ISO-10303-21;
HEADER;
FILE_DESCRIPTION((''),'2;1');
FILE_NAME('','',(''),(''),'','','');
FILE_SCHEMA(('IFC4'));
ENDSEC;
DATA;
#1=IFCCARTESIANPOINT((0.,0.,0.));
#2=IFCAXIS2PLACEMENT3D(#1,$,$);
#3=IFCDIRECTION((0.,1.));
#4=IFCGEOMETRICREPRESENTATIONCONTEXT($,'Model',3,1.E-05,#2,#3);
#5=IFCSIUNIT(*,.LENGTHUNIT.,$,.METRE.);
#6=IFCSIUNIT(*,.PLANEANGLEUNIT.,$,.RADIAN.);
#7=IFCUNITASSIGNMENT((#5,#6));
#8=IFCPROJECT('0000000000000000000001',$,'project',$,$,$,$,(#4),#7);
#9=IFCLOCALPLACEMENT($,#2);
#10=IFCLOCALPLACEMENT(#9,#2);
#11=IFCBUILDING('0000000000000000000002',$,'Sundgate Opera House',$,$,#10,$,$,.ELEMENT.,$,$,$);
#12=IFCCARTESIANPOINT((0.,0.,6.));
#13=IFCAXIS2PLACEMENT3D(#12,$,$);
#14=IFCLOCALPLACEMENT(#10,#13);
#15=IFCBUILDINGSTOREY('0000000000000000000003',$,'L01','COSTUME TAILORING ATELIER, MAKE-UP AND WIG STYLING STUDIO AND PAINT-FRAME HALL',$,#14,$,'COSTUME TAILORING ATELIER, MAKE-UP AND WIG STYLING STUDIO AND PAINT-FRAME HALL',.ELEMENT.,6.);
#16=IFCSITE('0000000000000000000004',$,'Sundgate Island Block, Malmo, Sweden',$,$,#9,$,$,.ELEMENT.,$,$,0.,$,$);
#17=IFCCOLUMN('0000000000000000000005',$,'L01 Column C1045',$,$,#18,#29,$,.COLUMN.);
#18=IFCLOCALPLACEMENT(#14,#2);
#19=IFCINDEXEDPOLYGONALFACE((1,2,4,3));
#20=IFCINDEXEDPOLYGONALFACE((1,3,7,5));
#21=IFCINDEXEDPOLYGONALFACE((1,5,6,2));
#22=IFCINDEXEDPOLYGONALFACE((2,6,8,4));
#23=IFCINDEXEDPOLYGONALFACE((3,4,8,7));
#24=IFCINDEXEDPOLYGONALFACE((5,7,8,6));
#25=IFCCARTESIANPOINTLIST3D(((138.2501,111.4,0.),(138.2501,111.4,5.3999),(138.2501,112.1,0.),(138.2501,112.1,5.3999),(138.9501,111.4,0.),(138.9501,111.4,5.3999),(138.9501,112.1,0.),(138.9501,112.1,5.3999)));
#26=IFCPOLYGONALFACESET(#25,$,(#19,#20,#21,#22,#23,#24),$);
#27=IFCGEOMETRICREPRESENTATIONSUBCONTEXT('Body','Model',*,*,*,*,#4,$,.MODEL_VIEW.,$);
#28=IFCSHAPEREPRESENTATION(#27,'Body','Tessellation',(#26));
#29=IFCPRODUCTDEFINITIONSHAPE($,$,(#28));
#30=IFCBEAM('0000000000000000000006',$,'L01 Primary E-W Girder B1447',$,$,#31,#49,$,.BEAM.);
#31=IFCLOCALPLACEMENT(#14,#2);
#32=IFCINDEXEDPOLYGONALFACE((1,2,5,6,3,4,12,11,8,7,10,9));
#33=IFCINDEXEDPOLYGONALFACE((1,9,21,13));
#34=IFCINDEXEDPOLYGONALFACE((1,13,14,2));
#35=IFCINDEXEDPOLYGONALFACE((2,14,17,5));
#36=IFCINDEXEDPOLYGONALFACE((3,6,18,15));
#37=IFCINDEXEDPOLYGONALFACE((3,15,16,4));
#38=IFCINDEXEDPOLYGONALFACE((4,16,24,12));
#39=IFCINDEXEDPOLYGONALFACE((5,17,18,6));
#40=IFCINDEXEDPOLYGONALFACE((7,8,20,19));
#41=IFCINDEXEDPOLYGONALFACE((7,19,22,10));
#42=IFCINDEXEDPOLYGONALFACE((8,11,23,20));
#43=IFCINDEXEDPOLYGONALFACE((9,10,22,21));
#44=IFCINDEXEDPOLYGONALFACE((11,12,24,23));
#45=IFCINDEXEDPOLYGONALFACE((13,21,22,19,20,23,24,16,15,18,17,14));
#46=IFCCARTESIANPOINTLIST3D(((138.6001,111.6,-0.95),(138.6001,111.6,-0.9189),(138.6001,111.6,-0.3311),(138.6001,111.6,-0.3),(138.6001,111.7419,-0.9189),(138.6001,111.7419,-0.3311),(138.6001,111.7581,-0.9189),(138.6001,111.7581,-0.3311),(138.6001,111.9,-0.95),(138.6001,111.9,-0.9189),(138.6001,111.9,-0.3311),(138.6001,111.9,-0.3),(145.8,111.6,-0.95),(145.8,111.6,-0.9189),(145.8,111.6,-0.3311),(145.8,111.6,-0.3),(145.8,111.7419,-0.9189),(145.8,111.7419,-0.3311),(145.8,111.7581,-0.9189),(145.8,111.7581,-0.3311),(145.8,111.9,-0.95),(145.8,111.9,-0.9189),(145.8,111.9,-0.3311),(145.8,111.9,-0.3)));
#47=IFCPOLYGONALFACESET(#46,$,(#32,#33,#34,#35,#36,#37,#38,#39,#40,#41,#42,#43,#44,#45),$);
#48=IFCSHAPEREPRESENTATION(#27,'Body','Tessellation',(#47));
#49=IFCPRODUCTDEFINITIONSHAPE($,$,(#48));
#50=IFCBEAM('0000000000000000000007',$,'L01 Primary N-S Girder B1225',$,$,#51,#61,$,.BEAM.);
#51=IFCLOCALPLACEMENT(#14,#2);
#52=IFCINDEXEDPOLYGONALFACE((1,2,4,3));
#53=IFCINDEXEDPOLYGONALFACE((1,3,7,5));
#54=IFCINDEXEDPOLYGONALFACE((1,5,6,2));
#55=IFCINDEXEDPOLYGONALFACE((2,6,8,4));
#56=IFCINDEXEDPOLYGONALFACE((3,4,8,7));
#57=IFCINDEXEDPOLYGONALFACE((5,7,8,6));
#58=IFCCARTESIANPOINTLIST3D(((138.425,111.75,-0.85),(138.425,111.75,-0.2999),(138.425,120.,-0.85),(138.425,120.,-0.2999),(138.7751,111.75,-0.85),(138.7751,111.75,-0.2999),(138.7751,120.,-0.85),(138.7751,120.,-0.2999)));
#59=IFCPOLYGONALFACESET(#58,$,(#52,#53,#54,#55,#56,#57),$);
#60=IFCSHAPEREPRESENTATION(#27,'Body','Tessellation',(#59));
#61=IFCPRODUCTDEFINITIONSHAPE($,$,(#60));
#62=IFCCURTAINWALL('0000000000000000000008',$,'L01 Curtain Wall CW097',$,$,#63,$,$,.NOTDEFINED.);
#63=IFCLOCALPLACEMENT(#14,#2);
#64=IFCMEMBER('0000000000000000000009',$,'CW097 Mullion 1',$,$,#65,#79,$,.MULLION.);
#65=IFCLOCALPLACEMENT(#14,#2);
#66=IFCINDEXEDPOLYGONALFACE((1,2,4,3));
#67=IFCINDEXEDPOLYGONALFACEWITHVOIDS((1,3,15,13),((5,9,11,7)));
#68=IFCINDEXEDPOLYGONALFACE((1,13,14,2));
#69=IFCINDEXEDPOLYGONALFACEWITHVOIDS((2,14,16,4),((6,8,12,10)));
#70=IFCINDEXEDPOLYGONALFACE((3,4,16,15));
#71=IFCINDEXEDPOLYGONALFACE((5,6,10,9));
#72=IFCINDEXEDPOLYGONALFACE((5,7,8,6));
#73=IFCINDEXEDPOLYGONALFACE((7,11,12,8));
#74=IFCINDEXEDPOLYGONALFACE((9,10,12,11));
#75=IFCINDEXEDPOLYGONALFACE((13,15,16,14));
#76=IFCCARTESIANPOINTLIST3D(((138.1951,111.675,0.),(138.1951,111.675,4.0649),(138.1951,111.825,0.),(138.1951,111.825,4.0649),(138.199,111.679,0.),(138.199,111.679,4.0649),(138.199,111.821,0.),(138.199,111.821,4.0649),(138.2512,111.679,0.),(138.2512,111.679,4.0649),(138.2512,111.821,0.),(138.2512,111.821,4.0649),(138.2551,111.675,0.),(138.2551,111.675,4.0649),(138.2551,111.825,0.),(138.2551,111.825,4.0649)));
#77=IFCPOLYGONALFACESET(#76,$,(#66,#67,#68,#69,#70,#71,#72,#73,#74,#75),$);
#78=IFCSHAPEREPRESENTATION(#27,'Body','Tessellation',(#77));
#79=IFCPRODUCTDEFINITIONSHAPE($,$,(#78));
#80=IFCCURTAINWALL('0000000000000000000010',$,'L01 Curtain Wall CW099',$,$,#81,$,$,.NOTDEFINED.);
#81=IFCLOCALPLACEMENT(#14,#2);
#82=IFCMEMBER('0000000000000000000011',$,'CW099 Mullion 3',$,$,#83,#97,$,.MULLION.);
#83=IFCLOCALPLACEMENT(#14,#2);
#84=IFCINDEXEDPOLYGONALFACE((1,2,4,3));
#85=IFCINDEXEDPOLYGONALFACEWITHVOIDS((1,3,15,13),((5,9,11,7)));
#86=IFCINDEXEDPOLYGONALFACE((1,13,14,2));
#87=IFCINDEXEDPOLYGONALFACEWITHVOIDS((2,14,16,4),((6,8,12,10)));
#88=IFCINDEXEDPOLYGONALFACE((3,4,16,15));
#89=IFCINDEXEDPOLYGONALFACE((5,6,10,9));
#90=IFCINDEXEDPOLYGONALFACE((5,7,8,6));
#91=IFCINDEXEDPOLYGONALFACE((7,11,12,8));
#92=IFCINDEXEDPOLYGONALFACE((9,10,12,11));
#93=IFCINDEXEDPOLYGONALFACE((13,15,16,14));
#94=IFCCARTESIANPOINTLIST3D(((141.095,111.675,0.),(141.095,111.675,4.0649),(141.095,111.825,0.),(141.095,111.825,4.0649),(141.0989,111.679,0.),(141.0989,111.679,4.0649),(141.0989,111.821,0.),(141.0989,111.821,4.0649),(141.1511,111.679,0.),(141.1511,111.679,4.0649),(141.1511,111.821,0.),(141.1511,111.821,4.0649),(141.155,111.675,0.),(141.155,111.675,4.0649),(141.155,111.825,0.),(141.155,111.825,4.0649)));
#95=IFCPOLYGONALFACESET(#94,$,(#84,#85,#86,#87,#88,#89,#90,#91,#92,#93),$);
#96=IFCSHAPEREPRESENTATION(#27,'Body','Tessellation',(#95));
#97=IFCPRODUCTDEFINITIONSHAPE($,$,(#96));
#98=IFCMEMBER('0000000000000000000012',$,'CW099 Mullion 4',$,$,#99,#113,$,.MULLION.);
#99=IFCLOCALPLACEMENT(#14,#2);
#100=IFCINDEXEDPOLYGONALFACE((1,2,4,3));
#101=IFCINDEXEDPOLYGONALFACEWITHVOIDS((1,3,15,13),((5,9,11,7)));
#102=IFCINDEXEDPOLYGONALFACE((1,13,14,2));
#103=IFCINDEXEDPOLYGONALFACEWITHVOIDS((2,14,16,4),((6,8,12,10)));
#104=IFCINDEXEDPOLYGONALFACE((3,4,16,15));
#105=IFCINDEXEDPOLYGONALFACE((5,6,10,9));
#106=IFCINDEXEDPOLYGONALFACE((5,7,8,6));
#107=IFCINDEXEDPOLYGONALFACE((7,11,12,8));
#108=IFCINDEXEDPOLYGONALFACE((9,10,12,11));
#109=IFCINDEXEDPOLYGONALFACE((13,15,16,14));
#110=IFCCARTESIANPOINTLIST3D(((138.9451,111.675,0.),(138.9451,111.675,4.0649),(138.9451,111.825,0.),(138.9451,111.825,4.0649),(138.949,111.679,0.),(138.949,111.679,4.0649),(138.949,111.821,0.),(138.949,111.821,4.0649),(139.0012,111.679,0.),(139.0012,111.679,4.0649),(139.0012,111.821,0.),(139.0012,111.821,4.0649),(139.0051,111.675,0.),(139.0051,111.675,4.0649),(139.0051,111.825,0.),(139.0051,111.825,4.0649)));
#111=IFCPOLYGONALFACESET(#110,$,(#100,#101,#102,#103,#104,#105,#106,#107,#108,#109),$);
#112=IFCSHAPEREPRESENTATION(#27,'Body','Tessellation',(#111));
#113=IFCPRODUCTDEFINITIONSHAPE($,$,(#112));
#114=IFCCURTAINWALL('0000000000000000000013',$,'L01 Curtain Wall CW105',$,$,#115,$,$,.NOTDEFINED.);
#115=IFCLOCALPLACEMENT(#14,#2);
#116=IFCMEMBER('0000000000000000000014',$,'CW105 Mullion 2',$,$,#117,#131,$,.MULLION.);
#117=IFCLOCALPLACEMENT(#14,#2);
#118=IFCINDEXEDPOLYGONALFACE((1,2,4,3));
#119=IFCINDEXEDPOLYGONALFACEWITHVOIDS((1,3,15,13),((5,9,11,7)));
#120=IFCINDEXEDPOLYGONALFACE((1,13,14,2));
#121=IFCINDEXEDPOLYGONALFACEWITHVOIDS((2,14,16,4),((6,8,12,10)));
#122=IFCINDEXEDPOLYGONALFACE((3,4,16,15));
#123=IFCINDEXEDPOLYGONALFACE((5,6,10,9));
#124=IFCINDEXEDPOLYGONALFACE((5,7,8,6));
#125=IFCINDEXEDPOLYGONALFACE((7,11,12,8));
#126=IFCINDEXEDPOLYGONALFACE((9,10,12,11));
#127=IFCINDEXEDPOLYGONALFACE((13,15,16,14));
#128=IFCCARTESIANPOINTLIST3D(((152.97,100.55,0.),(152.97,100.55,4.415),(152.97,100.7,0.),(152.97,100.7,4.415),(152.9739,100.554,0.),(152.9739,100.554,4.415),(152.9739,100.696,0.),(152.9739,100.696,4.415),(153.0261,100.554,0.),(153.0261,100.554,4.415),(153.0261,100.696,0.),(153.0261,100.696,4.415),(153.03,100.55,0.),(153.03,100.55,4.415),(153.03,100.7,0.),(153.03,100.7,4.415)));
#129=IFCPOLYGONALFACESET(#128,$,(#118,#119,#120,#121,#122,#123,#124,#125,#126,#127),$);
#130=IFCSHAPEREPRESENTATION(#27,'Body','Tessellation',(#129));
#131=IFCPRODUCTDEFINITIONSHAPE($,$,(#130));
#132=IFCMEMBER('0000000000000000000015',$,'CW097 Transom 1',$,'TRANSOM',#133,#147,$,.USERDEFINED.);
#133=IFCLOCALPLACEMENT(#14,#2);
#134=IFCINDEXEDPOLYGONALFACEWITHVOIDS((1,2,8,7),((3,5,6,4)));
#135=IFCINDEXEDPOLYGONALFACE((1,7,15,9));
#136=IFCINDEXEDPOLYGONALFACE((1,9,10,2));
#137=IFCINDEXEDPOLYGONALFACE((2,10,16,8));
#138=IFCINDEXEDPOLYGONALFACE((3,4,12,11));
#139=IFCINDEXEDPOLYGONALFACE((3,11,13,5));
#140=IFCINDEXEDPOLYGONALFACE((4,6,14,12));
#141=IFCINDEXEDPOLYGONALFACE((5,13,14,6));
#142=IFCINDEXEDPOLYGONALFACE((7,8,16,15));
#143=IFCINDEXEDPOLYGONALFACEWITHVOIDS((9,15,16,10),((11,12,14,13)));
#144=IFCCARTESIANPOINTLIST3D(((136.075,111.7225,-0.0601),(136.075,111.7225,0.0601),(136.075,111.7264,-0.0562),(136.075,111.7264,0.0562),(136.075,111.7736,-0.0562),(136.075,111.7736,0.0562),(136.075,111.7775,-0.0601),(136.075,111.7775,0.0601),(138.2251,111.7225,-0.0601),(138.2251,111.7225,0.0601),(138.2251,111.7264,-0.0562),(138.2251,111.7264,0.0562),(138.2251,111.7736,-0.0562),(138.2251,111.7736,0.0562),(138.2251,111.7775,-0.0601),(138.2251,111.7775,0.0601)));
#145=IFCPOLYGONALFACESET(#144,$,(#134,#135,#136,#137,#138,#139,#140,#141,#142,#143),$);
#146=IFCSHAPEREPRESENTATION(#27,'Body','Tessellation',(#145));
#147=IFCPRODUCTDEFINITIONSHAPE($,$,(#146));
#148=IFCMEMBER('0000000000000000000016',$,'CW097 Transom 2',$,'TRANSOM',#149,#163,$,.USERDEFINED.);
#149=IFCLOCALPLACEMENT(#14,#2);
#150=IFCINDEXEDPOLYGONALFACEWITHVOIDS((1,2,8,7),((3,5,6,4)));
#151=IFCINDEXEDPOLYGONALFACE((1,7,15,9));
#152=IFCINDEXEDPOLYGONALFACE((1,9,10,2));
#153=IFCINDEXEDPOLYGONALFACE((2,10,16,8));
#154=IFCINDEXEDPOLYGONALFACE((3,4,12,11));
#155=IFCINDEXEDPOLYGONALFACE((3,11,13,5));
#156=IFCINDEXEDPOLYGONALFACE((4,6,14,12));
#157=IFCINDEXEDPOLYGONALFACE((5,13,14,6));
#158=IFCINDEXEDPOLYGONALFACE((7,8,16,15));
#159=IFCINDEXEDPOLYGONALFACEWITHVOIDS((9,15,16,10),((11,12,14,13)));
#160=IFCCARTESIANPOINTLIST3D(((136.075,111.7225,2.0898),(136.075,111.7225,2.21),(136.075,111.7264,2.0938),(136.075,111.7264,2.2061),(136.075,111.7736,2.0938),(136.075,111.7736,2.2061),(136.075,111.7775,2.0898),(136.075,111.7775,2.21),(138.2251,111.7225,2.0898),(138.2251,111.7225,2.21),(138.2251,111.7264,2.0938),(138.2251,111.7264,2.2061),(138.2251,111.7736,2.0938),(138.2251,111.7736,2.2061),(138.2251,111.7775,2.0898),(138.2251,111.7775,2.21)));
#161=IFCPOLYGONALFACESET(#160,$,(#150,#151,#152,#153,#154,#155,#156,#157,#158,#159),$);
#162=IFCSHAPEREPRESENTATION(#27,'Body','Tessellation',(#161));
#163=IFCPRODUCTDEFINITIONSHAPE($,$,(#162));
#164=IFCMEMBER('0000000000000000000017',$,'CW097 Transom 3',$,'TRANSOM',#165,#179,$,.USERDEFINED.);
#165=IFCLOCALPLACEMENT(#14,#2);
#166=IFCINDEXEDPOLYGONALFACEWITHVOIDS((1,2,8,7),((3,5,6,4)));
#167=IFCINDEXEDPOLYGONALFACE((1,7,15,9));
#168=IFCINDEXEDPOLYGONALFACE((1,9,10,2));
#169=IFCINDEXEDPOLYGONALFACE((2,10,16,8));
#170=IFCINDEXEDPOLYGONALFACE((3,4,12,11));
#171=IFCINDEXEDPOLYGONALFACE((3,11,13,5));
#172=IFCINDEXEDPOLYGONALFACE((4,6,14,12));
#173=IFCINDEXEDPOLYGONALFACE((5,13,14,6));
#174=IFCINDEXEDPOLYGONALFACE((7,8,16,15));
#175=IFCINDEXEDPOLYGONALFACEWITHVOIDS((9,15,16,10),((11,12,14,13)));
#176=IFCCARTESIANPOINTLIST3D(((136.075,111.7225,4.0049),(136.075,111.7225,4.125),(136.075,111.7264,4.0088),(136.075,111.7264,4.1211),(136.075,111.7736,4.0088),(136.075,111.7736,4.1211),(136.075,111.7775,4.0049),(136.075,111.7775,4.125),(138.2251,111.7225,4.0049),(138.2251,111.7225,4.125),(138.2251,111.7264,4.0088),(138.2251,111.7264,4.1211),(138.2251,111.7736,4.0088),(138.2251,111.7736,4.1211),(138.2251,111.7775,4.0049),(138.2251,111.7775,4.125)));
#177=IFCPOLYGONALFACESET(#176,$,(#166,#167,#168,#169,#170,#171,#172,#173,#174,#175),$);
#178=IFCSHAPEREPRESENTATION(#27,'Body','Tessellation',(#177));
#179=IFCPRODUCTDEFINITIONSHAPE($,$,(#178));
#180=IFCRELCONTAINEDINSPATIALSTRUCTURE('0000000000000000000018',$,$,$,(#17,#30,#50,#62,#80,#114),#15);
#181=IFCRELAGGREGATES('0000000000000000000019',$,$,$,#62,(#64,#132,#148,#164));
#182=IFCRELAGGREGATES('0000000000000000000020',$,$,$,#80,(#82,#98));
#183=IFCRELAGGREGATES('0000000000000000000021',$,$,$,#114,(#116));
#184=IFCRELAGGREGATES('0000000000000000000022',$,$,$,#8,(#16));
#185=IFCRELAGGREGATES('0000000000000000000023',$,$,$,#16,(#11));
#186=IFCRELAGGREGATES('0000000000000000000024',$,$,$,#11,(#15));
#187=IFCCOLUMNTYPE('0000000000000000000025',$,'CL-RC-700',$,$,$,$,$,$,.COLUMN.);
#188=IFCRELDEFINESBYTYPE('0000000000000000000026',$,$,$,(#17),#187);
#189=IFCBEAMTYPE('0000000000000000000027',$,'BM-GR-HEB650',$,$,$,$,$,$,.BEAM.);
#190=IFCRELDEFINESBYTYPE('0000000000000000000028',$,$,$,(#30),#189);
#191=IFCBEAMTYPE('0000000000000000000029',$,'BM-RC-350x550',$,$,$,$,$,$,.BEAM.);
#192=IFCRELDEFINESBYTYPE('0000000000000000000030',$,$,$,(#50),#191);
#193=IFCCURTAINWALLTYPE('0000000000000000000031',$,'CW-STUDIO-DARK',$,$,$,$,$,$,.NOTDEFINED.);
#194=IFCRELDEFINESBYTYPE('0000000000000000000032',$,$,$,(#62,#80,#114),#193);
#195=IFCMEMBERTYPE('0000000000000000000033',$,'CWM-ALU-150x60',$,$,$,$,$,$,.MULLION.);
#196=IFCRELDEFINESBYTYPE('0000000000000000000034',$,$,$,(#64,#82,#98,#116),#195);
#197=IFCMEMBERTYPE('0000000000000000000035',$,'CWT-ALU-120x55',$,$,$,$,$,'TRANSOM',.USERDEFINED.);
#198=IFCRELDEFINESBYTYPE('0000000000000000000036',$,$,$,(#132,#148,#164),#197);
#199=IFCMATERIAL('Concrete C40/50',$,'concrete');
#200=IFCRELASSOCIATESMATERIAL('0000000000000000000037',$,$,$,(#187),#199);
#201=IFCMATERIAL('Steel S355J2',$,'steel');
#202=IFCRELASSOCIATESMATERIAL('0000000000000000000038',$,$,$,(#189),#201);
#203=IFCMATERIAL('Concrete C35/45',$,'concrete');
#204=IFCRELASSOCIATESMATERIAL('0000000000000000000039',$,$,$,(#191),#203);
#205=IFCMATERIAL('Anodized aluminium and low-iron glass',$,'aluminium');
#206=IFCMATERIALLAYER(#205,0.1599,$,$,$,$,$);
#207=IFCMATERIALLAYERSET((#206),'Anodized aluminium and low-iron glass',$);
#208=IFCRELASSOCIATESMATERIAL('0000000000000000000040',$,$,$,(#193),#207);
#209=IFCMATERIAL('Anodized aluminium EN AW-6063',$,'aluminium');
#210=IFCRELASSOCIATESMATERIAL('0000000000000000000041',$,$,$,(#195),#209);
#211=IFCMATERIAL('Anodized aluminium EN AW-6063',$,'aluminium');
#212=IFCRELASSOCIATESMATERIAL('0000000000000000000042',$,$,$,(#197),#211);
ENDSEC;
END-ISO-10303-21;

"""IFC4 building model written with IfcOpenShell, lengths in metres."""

from ifc_helpers import new_model, si_unit, direction, frame, origin, origin_2d, place, context, subcontext, project, spatial, rectangle, hollow_rectangle, i_section, extrude, material, layer, layer_set, material_profile, profile_set, type_object, element, aggregate, save


model = new_model("IFC4")

# Units and contexts
model_context = context("Model", 3, precision=1e-05, world=origin(), true_north=direction((0.0, 1.0)))
body_context = subcontext(model_context, "Body", "Model", "MODEL_VIEW")
ifc_project = project(units=[si_unit("LENGTHUNIT", "METRE"), si_unit("PLANEANGLEUNIT", "RADIAN")], contexts=[model_context])

# Site, building, storey
site_placement = place(None, origin())
site = spatial("IfcSite", under=ifc_project, at=site_placement, Name="Sundgate Island Block, Malmo, Sweden", CompositionType="ELEMENT", RefElevation=0.0)
building_placement = place(site_placement, origin())
building = spatial("IfcBuilding", under=site, at=building_placement, Name="Sundgate Opera House", CompositionType="ELEMENT")
storey_placement = place(building_placement, frame((0.0, 0.0, 6.0)))
storey = spatial("IfcBuildingStorey", under=building, at=storey_placement, Name="L01", Description="COSTUME TAILORING ATELIER, MAKE-UP AND WIG STYLING STUDIO AND PAINT-FRAME HALL", LongName="COSTUME TAILORING ATELIER, MAKE-UP AND WIG STYLING STUDIO AND PAINT-FRAME HALL", CompositionType="ELEMENT", Elevation=6.0)

# Column
ifc_material_1 = material(Name="Concrete C40/50", Category="concrete")
ifc_material_profile_1 = material_profile(ifc_material_1, rectangle(XDim=0.7, YDim=0.7, at=origin_2d()), Name="RC 700x700")
ifc_profile_set_1 = profile_set([ifc_material_profile_1], Name="Concrete C40/50")
column_type = type_object("IfcColumnType", Name="CL-RC-700", PredefinedType="COLUMN", material=ifc_profile_set_1)
column_placement = place(storey_placement, frame((138.6001, 111.75, 0.0), z_axis=(0.0, 0.0, 1.0), x_axis=(1.0, 0.0, 0.0)))
element("IfcColumn", 1, at=column_placement, inside=storey, type_object=column_type, Name="L01 Column C1045", PredefinedType="COLUMN", context=body_context, shape_type="SweptSolid", body=[
    extrude(rectangle(XDim=0.7, YDim=0.7, at=origin_2d()), origin(), (0.0, 0.0, 1.0), 5.3999),
])

# Beams
ifc_material_2 = material(Name="Steel S355J2", Category="steel")
ifc_material_profile_2 = material_profile(ifc_material_2, i_section(OverallWidth=0.3, OverallDepth=0.6499, WebThickness=0.0161, FlangeThickness=0.031, at=origin_2d()), Name="HEB 650")
ifc_profile_set_2 = profile_set([ifc_material_profile_2], Name="Steel S355J2")
beam_type_1 = type_object("IfcBeamType", Name="BM-GR-HEB650", PredefinedType="BEAM", material=ifc_profile_set_2)
beam_1_placement = place(storey_placement, frame((138.6001, 111.75, -0.625), z_axis=(1.0, 0.0, 0.0), x_axis=(0.0, 1.0, 0.0)))
element("IfcBeam", 2, at=beam_1_placement, inside=storey, type_object=beam_type_1, Name="L01 Primary E-W Girder B1447", PredefinedType="BEAM", context=body_context, shape_type="SweptSolid", body=[
    extrude(i_section(OverallWidth=0.3, OverallDepth=0.6499, WebThickness=0.0161, FlangeThickness=0.031, at=origin_2d()), origin(), (0.0, 0.0, 1.0), 7.2),
])
ifc_material_3 = material(Name="Concrete C35/45", Category="concrete")
ifc_material_profile_3 = material_profile(ifc_material_3, rectangle(XDim=0.3501, YDim=0.55, at=origin_2d()), Name="RC 350x550")
ifc_profile_set_3 = profile_set([ifc_material_profile_3], Name="Concrete C35/45")
beam_type_2 = type_object("IfcBeamType", Name="BM-RC-350x550", PredefinedType="BEAM", material=ifc_profile_set_3)
beam_2_placement = place(storey_placement, frame((138.6001, 111.75, -0.575), z_axis=(0.0, 1.0, 0.0), x_axis=(-1.0, 0.0, 0.0)))
element("IfcBeam", 3, at=beam_2_placement, inside=storey, type_object=beam_type_2, Name="L01 Primary N-S Girder B1225", PredefinedType="BEAM", context=body_context, shape_type="SweptSolid", body=[
    extrude(rectangle(XDim=0.3501, YDim=0.55, at=origin_2d()), origin(), (0.0, 0.0, 1.0), 8.25),
])

# Curtain wall, member
ifc_material_4 = material(Name="Anodized aluminium and low-iron glass", Category="aluminium")
ifc_layer_1 = layer(ifc_material_4, 0.1599)
ifc_layer_set_1 = layer_set([ifc_layer_1], Name="Anodized aluminium and low-iron glass")
curtain_wall_type = type_object("IfcCurtainWallType", Name="CW-STUDIO-DARK", PredefinedType="NOTDEFINED", material=ifc_layer_set_1)
curtain_wall_1_placement = place(storey_placement, origin())
curtain_wall_1 = element("IfcCurtainWall", 4, at=curtain_wall_1_placement, inside=storey, type_object=curtain_wall_type, Name="L01 Curtain Wall CW097", PredefinedType="NOTDEFINED")
ifc_material_5 = material(Name="Anodized aluminium EN AW-6063", Category="aluminium")
ifc_material_profile_4 = material_profile(ifc_material_5, hollow_rectangle(XDim=0.0601, YDim=0.1499, WallThickness=0.0039, at=origin_2d()), Name="CWM 150x60x4")
ifc_profile_set_4 = profile_set([ifc_material_profile_4], Name="Anodized aluminium EN AW-6063")
member_type_1 = type_object("IfcMemberType", Name="CWM-ALU-150x60", PredefinedType="MULLION", material=ifc_profile_set_4)
member_1_placement = place(storey_placement, frame((138.2251, 111.75, 0.0), z_axis=(0.0, 0.0, 1.0), x_axis=(1.0, 0.0, 0.0)))
member_1 = element("IfcMember", 5, at=member_1_placement, type_object=member_type_1, Name="CW097 Mullion 1", PredefinedType="MULLION", context=body_context, shape_type="SweptSolid", body=[
    extrude(hollow_rectangle(XDim=0.0601, YDim=0.1499, WallThickness=0.0039, at=origin_2d()), origin(), (0.0, 0.0, 1.0), 4.0649),
])

# Curtain wall, members
curtain_wall_2_placement = place(storey_placement, origin())
curtain_wall_2 = element("IfcCurtainWall", 6, at=curtain_wall_2_placement, inside=storey, type_object=curtain_wall_type, Name="L01 Curtain Wall CW099", PredefinedType="NOTDEFINED")
member_2_placement = place(storey_placement, frame((141.125, 111.75, 0.0), z_axis=(0.0, 0.0, 1.0), x_axis=(1.0, 0.0, 0.0)))
member_2 = element("IfcMember", 7, at=member_2_placement, type_object=member_type_1, Name="CW099 Mullion 3", PredefinedType="MULLION", context=body_context, shape_type="SweptSolid", body=[
    extrude(hollow_rectangle(XDim=0.0601, YDim=0.1499, WallThickness=0.0039, at=origin_2d()), origin(), (0.0, 0.0, 1.0), 4.0649),
])
member_3_placement = place(storey_placement, frame((138.9751, 111.75, 0.0), z_axis=(0.0, 0.0, 1.0), x_axis=(1.0, 0.0, 0.0)))
member_3 = element("IfcMember", 8, at=member_3_placement, type_object=member_type_1, Name="CW099 Mullion 4", PredefinedType="MULLION", context=body_context, shape_type="SweptSolid", body=[
    extrude(hollow_rectangle(XDim=0.0601, YDim=0.1499, WallThickness=0.0039, at=origin_2d()), origin(), (0.0, 0.0, 1.0), 4.0649),
])

# Curtain wall, member
curtain_wall_3_placement = place(storey_placement, origin())
curtain_wall_3 = element("IfcCurtainWall", 9, at=curtain_wall_3_placement, inside=storey, type_object=curtain_wall_type, Name="L01 Curtain Wall CW105", PredefinedType="NOTDEFINED")
member_4_placement = place(storey_placement, frame((153.0, 100.625, 0.0), z_axis=(0.0, 0.0, 1.0), x_axis=(1.0, 0.0, 0.0)))
member_4 = element("IfcMember", 10, at=member_4_placement, type_object=member_type_1, Name="CW105 Mullion 2", PredefinedType="MULLION", context=body_context, shape_type="SweptSolid", body=[
    extrude(hollow_rectangle(XDim=0.0601, YDim=0.1499, WallThickness=0.0039, at=origin_2d()), origin(), (0.0, 0.0, 1.0), 4.415),
])

# Members
ifc_material_6 = material(Name="Anodized aluminium EN AW-6063", Category="aluminium")
ifc_material_profile_5 = material_profile(ifc_material_6, hollow_rectangle(XDim=0.0549, YDim=0.1201, WallThickness=0.0039, at=origin_2d()), Name="CWT 120x55x4")
ifc_profile_set_5 = profile_set([ifc_material_profile_5], Name="Anodized aluminium EN AW-6063")
member_type_2 = type_object("IfcMemberType", Name="CWT-ALU-120x55", ElementType="TRANSOM", PredefinedType="USERDEFINED", material=ifc_profile_set_5)
member_5_placement = place(storey_placement, frame((138.2251, 111.75, 0.0), z_axis=(-1.0, 0.0, 0.0), x_axis=(0.0, -1.0, 0.0)))
member_5 = element("IfcMember", 11, at=member_5_placement, type_object=member_type_2, Name="CW097 Transom 1", ObjectType="TRANSOM", PredefinedType="USERDEFINED", context=body_context, shape_type="SweptSolid", body=[
    extrude(hollow_rectangle(XDim=0.0549, YDim=0.1201, WallThickness=0.0039, at=origin_2d()), origin(), (0.0, 0.0, 1.0), 2.1501),
])
member_6_placement = place(storey_placement, frame((138.2251, 111.75, 2.1499), z_axis=(-1.0, 0.0, 0.0), x_axis=(0.0, -1.0, 0.0)))
member_6 = element("IfcMember", 12, at=member_6_placement, type_object=member_type_2, Name="CW097 Transom 2", ObjectType="TRANSOM", PredefinedType="USERDEFINED", context=body_context, shape_type="SweptSolid", body=[
    extrude(hollow_rectangle(XDim=0.0549, YDim=0.1201, WallThickness=0.0039, at=origin_2d()), origin(), (0.0, 0.0, 1.0), 2.1501),
])
member_7_placement = place(storey_placement, frame((138.2251, 111.75, 4.0649), z_axis=(-1.0, 0.0, 0.0), x_axis=(0.0, -1.0, 0.0)))
member_7 = element("IfcMember", 13, at=member_7_placement, type_object=member_type_2, Name="CW097 Transom 3", ObjectType="TRANSOM", PredefinedType="USERDEFINED", context=body_context, shape_type="SweptSolid", body=[
    extrude(hollow_rectangle(XDim=0.0549, YDim=0.1201, WallThickness=0.0039, at=origin_2d()), origin(), (0.0, 0.0, 1.0), 2.1501),
])

aggregate(curtain_wall_1, [member_1, member_5, member_6, member_7])
aggregate(curtain_wall_2, [member_2, member_3])
aggregate(curtain_wall_3, [member_4])

save(model, "model.ifc")
